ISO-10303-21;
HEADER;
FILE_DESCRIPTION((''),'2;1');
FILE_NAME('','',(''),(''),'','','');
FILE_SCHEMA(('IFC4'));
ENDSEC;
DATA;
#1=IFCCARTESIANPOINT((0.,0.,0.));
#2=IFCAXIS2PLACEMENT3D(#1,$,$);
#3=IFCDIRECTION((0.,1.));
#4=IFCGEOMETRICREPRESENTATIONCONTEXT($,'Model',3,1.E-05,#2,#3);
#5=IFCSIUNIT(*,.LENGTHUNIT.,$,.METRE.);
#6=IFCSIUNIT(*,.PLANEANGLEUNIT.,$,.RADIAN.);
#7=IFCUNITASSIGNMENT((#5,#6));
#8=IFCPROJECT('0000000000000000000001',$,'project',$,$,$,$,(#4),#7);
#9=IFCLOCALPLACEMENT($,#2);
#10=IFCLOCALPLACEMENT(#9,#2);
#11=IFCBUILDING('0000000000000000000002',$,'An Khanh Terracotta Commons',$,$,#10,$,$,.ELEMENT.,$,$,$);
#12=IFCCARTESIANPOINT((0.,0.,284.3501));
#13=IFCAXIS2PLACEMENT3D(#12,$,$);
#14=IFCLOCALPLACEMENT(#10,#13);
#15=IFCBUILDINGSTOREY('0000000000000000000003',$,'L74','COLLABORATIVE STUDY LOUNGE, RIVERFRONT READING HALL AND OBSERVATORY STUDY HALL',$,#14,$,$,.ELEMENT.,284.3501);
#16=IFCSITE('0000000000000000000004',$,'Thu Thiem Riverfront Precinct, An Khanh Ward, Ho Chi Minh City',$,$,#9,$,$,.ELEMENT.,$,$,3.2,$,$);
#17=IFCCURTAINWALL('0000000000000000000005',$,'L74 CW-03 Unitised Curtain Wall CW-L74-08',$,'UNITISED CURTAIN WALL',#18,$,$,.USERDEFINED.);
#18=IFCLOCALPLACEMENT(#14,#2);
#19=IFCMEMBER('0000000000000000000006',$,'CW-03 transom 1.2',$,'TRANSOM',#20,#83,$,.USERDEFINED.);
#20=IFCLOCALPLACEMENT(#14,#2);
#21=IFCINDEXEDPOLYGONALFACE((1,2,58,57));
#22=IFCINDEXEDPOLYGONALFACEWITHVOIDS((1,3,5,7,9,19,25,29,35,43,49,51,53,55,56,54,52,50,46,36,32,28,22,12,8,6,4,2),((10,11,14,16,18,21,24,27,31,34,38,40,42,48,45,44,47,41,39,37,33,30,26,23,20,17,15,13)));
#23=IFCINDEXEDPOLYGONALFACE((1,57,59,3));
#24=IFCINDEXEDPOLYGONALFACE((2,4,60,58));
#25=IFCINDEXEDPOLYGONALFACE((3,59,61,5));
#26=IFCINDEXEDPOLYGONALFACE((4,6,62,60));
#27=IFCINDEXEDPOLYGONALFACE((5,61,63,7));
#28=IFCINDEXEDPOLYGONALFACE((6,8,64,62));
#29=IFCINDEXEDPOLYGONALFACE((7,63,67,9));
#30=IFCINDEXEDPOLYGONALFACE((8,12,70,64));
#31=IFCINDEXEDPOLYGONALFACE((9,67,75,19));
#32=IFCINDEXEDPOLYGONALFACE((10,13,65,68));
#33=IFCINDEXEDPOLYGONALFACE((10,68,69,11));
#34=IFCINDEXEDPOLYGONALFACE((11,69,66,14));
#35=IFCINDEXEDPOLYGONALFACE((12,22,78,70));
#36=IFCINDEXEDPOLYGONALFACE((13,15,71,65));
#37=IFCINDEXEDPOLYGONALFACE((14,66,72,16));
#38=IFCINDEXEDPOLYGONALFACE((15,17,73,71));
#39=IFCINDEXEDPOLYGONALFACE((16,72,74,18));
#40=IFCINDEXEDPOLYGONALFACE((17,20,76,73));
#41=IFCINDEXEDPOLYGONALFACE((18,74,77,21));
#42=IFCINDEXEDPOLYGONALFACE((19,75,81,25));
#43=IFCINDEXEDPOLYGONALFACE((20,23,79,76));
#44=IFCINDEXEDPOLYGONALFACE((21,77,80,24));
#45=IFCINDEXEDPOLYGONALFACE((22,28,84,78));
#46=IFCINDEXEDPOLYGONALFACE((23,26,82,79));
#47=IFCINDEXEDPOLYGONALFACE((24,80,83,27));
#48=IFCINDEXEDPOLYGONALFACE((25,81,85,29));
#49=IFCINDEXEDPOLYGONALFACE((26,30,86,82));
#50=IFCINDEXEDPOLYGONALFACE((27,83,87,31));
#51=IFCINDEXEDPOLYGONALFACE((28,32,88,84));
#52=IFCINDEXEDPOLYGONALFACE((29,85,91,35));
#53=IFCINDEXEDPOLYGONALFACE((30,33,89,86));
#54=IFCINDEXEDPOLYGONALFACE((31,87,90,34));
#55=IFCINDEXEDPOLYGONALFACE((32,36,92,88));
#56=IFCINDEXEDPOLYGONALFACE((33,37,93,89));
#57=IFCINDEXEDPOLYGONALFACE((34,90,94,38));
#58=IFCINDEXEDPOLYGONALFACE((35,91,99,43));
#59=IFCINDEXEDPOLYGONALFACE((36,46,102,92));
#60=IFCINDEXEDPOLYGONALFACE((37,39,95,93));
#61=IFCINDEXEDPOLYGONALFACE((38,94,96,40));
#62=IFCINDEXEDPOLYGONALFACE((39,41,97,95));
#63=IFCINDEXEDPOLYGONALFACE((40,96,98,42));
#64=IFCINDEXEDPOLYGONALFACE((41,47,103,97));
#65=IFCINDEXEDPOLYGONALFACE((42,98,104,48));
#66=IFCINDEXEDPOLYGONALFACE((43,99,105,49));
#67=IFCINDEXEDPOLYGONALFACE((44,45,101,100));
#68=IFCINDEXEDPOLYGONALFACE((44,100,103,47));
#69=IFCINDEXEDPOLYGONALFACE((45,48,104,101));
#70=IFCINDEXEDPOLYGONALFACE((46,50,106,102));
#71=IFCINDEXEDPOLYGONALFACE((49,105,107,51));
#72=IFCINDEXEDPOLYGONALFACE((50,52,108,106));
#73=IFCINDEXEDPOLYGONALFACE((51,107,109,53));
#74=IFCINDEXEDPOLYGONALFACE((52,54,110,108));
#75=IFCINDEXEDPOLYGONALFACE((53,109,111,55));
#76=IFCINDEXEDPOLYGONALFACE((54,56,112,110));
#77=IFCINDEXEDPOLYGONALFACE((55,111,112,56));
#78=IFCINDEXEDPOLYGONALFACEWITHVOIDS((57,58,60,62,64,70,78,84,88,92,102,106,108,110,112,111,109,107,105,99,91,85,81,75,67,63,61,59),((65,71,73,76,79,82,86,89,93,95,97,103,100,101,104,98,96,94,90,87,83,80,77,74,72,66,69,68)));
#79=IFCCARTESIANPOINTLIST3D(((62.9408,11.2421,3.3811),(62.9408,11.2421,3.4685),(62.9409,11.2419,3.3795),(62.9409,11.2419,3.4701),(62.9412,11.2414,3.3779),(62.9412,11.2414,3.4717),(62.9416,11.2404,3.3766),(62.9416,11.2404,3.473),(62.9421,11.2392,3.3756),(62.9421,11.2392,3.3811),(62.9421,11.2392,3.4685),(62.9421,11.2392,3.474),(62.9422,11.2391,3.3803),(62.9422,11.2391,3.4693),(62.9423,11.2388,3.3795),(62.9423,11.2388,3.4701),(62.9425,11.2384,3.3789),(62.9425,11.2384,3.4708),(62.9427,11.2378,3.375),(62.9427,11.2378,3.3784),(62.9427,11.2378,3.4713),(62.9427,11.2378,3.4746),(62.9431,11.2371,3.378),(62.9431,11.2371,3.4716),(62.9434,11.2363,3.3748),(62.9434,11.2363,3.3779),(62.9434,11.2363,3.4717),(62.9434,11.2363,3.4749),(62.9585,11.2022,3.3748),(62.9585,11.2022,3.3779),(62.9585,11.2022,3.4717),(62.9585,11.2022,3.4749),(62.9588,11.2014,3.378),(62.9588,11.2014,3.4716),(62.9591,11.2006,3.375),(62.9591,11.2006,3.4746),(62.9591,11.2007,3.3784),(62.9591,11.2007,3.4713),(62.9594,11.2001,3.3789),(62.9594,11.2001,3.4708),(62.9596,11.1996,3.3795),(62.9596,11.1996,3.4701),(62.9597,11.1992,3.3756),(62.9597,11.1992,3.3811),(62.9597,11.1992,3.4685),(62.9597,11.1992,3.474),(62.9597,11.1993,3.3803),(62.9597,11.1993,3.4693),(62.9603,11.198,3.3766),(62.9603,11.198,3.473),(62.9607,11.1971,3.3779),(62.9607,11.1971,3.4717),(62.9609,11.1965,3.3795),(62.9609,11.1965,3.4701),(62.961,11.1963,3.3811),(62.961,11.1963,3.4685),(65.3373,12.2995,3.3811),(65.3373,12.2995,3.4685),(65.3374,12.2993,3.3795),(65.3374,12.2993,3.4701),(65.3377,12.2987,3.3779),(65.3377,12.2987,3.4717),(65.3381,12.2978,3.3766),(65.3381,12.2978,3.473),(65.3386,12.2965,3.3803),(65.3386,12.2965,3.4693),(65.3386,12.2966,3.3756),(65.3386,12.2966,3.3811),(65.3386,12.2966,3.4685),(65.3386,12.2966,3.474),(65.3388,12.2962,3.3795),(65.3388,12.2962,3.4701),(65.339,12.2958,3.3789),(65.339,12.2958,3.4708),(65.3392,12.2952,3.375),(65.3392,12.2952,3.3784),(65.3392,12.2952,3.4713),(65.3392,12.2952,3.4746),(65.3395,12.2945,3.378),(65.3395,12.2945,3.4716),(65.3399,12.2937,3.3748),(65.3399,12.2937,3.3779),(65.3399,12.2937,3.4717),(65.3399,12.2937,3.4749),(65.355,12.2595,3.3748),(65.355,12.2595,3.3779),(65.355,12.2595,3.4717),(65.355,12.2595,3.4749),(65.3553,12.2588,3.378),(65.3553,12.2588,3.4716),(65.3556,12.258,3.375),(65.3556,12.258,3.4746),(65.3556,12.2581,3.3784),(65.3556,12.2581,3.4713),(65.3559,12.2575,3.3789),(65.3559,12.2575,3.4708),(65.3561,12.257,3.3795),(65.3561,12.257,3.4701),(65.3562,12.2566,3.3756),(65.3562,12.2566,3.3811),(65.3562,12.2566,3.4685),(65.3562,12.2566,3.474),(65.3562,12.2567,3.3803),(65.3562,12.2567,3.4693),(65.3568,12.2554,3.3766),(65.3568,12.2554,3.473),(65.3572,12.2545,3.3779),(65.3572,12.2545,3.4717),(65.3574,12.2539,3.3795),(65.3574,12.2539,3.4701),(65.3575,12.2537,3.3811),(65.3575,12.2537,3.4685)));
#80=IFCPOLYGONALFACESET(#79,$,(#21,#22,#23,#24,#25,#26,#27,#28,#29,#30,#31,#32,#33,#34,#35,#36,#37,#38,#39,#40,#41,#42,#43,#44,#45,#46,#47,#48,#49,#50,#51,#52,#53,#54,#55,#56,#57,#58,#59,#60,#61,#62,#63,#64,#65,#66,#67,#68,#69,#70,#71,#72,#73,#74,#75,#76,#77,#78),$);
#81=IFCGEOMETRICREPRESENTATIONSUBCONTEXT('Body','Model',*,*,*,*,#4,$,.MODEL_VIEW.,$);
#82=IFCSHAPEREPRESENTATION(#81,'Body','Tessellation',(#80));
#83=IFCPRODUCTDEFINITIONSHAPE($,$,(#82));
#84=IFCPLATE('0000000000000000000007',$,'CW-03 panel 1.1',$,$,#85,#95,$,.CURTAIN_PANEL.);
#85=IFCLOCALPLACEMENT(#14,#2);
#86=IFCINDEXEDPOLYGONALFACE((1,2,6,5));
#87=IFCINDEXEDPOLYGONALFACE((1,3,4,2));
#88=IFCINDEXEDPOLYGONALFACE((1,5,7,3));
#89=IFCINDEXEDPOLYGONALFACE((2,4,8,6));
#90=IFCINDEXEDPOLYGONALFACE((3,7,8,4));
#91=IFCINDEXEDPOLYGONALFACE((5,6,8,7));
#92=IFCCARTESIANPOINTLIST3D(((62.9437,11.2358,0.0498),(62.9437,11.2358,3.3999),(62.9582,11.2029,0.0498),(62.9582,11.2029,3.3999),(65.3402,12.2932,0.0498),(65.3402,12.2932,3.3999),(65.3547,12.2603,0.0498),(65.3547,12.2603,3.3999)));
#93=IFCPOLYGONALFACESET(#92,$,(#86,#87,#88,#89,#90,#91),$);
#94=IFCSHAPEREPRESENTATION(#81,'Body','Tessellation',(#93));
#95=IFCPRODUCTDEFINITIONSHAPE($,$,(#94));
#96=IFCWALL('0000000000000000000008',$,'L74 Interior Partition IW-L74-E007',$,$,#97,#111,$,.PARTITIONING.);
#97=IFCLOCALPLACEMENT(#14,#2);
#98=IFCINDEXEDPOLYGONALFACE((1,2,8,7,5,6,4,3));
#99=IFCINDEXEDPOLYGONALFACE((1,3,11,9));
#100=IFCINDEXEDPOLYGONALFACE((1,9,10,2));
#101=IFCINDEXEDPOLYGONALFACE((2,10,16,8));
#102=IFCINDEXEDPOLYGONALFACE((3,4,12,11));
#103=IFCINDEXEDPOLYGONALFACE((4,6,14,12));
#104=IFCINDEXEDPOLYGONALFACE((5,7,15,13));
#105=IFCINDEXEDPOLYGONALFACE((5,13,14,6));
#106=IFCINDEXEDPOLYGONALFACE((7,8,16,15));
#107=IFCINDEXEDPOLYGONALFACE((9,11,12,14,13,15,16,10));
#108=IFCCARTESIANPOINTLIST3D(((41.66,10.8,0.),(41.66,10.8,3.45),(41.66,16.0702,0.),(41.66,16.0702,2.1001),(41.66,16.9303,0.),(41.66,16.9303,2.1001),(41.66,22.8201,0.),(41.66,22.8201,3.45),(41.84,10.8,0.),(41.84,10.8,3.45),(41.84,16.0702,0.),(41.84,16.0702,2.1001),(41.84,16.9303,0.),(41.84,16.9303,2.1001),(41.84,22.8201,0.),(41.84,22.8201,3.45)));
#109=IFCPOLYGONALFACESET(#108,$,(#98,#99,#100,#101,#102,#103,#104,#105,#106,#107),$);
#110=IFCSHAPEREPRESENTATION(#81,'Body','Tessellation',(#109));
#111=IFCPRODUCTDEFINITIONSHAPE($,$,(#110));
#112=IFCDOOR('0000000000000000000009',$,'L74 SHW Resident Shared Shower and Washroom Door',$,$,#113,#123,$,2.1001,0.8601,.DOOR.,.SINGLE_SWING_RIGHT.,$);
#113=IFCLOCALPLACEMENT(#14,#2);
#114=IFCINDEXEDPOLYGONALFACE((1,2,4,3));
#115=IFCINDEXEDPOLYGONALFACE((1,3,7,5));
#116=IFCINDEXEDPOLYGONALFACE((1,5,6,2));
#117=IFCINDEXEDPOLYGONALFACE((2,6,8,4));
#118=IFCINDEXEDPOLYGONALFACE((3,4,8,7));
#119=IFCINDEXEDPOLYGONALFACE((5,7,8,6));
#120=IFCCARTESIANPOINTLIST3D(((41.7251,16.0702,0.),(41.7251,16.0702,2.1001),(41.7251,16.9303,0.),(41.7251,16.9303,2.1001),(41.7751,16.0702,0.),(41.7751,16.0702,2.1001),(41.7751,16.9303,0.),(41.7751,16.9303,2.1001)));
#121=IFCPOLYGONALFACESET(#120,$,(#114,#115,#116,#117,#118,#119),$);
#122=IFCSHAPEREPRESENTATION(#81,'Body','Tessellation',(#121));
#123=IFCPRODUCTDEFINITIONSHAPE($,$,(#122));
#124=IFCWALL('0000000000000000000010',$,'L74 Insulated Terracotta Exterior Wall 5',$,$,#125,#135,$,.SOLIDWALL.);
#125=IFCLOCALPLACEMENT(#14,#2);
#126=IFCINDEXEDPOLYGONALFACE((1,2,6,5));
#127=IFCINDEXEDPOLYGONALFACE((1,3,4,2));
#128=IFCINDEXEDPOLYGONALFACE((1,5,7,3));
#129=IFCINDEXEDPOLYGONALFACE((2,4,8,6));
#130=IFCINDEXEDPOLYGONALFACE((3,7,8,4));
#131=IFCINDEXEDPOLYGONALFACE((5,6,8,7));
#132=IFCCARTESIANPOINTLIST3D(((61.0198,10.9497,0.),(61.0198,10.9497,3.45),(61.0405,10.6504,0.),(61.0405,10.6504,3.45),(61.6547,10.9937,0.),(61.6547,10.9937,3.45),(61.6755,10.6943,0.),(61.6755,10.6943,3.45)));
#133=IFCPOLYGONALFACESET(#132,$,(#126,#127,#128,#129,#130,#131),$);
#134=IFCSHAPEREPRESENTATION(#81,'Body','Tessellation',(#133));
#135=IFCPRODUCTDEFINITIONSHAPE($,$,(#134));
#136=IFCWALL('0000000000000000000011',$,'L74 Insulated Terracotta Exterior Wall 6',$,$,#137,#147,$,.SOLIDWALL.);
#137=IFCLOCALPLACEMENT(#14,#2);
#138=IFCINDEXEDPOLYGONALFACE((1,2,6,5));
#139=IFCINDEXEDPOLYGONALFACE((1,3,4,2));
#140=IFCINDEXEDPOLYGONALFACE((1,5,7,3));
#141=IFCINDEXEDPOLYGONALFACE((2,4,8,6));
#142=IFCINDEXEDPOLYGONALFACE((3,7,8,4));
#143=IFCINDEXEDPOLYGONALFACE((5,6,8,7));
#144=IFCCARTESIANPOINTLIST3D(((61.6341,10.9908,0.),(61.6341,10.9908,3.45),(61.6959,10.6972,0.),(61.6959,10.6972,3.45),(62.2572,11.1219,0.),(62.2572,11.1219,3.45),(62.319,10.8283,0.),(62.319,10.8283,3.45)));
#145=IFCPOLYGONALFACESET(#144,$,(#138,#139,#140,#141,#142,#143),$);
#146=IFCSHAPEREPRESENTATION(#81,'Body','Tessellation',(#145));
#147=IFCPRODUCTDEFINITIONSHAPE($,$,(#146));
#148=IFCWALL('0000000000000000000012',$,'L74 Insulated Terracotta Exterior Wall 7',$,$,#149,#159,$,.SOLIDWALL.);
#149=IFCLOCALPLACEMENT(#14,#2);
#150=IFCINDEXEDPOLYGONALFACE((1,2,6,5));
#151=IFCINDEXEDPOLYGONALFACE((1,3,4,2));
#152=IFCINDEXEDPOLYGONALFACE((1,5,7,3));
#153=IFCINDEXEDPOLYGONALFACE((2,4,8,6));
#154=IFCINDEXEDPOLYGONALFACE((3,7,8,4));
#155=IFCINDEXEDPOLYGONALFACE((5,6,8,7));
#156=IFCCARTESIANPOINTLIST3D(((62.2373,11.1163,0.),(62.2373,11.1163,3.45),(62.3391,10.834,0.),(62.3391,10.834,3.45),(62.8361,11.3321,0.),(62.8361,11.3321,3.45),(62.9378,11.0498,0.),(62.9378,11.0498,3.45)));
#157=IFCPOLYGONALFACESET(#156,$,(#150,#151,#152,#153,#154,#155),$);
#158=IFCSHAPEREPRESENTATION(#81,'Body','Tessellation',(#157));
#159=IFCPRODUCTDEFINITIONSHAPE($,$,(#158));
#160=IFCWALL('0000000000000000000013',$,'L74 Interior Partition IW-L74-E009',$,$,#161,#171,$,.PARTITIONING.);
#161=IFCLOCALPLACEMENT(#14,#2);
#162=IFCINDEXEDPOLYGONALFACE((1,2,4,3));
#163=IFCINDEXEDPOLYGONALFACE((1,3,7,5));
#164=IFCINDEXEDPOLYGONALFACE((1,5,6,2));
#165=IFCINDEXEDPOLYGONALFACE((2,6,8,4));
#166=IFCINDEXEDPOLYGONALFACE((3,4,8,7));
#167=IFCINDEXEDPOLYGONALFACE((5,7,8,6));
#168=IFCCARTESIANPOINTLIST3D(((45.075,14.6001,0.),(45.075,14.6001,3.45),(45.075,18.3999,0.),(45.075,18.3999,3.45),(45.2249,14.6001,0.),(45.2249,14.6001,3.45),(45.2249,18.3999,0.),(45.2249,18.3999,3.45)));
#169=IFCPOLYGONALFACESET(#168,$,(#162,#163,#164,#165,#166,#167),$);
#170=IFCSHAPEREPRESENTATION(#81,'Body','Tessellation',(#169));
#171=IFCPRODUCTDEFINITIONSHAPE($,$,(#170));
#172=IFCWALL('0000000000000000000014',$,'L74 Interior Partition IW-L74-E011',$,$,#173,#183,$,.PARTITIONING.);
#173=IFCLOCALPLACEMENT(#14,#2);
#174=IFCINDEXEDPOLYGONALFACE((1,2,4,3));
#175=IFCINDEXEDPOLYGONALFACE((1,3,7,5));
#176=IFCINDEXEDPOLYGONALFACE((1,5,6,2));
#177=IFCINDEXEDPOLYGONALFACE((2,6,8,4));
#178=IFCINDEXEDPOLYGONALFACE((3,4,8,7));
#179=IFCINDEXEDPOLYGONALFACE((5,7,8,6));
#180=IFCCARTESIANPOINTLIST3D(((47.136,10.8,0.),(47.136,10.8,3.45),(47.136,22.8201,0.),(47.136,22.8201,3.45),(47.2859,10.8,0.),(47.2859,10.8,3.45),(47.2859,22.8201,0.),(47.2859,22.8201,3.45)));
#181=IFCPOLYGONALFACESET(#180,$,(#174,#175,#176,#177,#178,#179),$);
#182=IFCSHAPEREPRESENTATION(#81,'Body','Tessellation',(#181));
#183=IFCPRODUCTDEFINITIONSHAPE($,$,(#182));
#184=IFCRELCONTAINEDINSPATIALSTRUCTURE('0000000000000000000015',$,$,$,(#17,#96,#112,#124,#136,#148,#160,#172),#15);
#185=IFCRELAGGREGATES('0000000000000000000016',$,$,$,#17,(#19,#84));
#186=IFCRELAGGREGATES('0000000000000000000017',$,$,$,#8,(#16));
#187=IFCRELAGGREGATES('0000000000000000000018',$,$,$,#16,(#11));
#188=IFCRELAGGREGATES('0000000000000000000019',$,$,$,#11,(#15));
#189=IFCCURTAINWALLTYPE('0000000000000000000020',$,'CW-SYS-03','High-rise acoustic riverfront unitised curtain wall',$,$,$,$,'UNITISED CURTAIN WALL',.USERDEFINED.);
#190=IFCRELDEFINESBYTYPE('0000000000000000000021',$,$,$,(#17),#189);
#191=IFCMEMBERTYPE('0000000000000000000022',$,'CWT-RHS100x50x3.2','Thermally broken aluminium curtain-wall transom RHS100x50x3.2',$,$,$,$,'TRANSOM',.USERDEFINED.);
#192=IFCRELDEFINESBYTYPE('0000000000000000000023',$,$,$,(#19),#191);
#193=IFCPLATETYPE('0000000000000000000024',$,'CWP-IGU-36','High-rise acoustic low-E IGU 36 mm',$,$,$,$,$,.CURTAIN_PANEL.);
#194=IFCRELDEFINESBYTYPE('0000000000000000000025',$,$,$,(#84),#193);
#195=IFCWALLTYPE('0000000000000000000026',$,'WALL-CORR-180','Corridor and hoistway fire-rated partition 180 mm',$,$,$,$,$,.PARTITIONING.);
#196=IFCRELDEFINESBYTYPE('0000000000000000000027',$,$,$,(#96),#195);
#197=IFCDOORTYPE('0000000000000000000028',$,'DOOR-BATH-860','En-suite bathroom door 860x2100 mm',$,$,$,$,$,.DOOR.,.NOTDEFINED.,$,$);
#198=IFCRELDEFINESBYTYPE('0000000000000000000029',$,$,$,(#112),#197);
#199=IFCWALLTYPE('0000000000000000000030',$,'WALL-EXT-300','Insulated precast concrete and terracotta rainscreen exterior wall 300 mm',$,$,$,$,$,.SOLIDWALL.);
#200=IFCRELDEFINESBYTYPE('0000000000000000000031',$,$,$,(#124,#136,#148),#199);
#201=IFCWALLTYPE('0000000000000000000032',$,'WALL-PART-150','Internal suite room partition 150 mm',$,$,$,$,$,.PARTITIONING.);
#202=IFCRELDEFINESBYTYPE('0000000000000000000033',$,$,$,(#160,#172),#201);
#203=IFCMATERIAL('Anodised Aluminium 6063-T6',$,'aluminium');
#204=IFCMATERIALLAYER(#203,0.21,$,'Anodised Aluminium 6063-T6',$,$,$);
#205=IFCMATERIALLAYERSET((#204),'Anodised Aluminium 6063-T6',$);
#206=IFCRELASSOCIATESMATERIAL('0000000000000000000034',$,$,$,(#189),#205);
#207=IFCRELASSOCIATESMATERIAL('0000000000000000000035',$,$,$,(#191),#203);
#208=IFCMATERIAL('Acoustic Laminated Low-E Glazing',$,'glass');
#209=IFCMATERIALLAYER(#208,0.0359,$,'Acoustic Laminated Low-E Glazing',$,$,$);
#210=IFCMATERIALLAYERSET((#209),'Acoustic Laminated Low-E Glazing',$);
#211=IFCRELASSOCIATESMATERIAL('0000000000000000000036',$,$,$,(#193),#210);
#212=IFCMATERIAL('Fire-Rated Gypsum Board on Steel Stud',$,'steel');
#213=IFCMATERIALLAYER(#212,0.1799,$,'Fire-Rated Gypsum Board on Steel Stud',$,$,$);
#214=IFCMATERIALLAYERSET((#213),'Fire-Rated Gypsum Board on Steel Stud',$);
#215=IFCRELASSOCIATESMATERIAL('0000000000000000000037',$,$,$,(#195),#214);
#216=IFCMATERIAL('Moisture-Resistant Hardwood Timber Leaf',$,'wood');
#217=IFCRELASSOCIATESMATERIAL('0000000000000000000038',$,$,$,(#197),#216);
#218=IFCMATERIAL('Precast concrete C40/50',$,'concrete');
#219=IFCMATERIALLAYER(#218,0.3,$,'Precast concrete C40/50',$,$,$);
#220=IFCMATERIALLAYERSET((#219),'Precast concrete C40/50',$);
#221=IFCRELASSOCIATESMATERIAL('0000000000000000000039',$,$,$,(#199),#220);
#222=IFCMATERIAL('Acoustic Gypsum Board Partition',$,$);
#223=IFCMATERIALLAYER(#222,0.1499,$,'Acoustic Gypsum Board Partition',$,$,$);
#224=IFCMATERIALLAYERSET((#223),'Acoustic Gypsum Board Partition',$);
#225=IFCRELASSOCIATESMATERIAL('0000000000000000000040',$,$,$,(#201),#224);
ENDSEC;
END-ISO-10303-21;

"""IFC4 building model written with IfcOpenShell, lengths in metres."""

from ifc_helpers import new_model, si_unit, direction, frame, frame_2d, origin, origin_2d, place, context, subcontext, project, spatial, rectangle, hollow_rectangle, extrude, material, layer, layer_set, material_profile, profile_set, type_object, element, fill, aggregate, save


model = new_model("IFC4")

# Units and contexts
model_context = context("Model", 3, precision=1e-05, world=origin(), true_north=direction((0.0, 1.0)))
body_context = subcontext(model_context, "Body", "Model", "MODEL_VIEW")
ifc_project = project(units=[si_unit("LENGTHUNIT", "METRE"), si_unit("PLANEANGLEUNIT", "RADIAN")], contexts=[model_context])

# Site, building, storey
site_placement = place(None, origin())
site = spatial("IfcSite", under=ifc_project, at=site_placement, Name="Thu Thiem Riverfront Precinct, An Khanh Ward, Ho Chi Minh City", CompositionType="ELEMENT", RefElevation=3.2)
building_placement = place(site_placement, origin())
building = spatial("IfcBuilding", under=site, at=building_placement, Name="An Khanh Terracotta Commons", CompositionType="ELEMENT")
storey_placement = place(building_placement, frame((0.0, 0.0, 284.3501)))
storey = spatial("IfcBuildingStorey", under=building, at=storey_placement, Name="L74", Description="COLLABORATIVE STUDY LOUNGE, RIVERFRONT READING HALL AND OBSERVATORY STUDY HALL", CompositionType="ELEMENT", Elevation=284.3501)

# Curtain wall, member, plate
ifc_material_1 = material(Name="Anodised Aluminium 6063-T6", Category="aluminium")
ifc_layer_1 = layer(ifc_material_1, 0.21, Name="Anodised Aluminium 6063-T6")
ifc_layer_set_1 = layer_set([ifc_layer_1], Name="Anodised Aluminium 6063-T6")
curtain_wall_type = type_object("IfcCurtainWallType", Name="CW-SYS-03", Description="High-rise acoustic riverfront unitised curtain wall", ElementType="UNITISED CURTAIN WALL", PredefinedType="USERDEFINED", material=ifc_layer_set_1)
curtain_wall_placement = place(storey_placement, origin())
curtain_wall = element("IfcCurtainWall", 1, at=curtain_wall_placement, inside=storey, type_object=curtain_wall_type, Name="L74 CW-03 Unitised Curtain Wall CW-L74-08", ObjectType="UNITISED CURTAIN WALL", PredefinedType="USERDEFINED")
ifc_material_profile_1 = material_profile(ifc_material_1, hollow_rectangle(XDim=0.05, YDim=0.1001, WallThickness=0.0032, InnerFilletRadius=0.0032, OuterFilletRadius=0.0063, at=origin_2d()), Name="RHS100x50x3.2")
ifc_profile_set_1 = profile_set([ifc_material_profile_1], Name="Anodised Aluminium 6063-T6")
member_type_1 = type_object("IfcMemberType", Name="CWT-RHS100x50x3.2", Description="Thermally broken aluminium curtain-wall transom RHS100x50x3.2", ElementType="TRANSOM", PredefinedType="USERDEFINED", material=ifc_profile_set_1)
member_1_placement = place(storey_placement, frame((62.9509, 11.2192, 3.4248), z_axis=(0.914904, 0.403672, 0.0), x_axis=(-0.403672, 0.914904, 0.0)))
member_1 = element("IfcMember", 2, at=member_1_placement, type_object=member_type_1, Name="CW-03 transom 1.2", ObjectType="TRANSOM", PredefinedType="USERDEFINED", context=body_context, shape_type="SweptSolid", body=[
    extrude(hollow_rectangle(XDim=0.05, YDim=0.1001, WallThickness=0.0032, InnerFilletRadius=0.0032, OuterFilletRadius=0.0063, at=origin_2d()), origin(), (0.0, 0.0, 1.0), 2.6194),
])
ifc_material_2 = material(Name="Acoustic Laminated Low-E Glazing", Category="glass")
ifc_layer_2 = layer(ifc_material_2, 0.0359, Name="Acoustic Laminated Low-E Glazing")
ifc_layer_set_2 = layer_set([ifc_layer_2], Name="Acoustic Laminated Low-E Glazing")
plate_type = type_object("IfcPlateType", Name="CWP-IGU-36", Description="High-rise acoustic low-E IGU 36 mm", PredefinedType="CURTAIN_PANEL", material=ifc_layer_set_2)
plate_placement = place(storey_placement, frame((64.1492, 11.748, 0.0498), z_axis=(0.0, 0.0, 1.0), x_axis=(0.914902, 0.403676, 0.0)))
plate = element("IfcPlate", 3, at=plate_placement, type_object=plate_type, Name="CW-03 panel 1.1", PredefinedType="CURTAIN_PANEL", context=body_context, shape_type="SweptSolid", body=[
    extrude(rectangle(XDim=2.6194, YDim=0.0359, at=origin_2d()), origin(), (0.0, 0.0, 1.0), 3.3501),
])
aggregate(curtain_wall, [member_1, plate])

# Wall, opening, door
ifc_material_3 = material(Name="Fire-Rated Gypsum Board on Steel Stud", Category="steel")
ifc_layer_3 = layer(ifc_material_3, 0.1799, Name="Fire-Rated Gypsum Board on Steel Stud")
ifc_layer_set_3 = layer_set([ifc_layer_3], Name="Fire-Rated Gypsum Board on Steel Stud")
wall_type_1 = type_object("IfcWallType", Name="WALL-CORR-180", Description="Corridor and hoistway fire-rated partition 180 mm", PredefinedType="PARTITIONING", material=ifc_layer_set_3)
wall_1_placement = place(storey_placement, frame((41.75, 10.8, 0.0), z_axis=(0.0, 0.0, 1.0), x_axis=(0.0, 1.0, 0.0)))
wall_1 = element("IfcWall", 4, at=wall_1_placement, inside=storey, type_object=wall_type_1, Name="L74 Interior Partition IW-L74-E007", PredefinedType="PARTITIONING", context=body_context, shape_type="SweptSolid", body=[
    extrude(rectangle(XDim=12.02, YDim=0.1799, at=frame_2d((6.01, 0.0))), origin(), (0.0, 0.0, 1.0), 3.45),
])
opening_placement = place(wall_1_placement, frame((5.27, 0.0, 0.0)))
opening = element("IfcOpeningElement", 5, at=opening_placement, cuts=wall_1, PredefinedType="OPENING", context=body_context, shape_type="SweptSolid", body=[
    extrude(rectangle(XDim=0.8601, YDim=2.1001, at=frame_2d((0.4302, 1.05))), frame((0.0, 0.0999, 0.0), z_axis=(0.0, -1.0, 0.0), x_axis=(1.0, 0.0, 0.0)), (0.0, 0.0, 1.0), 0.2),
])
ifc_material_4 = material(Name="Moisture-Resistant Hardwood Timber Leaf", Category="wood")
door_type = type_object("IfcDoorType", Name="DOOR-BATH-860", Description="En-suite bathroom door 860x2100 mm", OperationType="NOTDEFINED", PredefinedType="DOOR", material=ifc_material_4)
door_placement = place(opening_placement, origin())
door = element("IfcDoor", 6, at=door_placement, inside=storey, type_object=door_type, Name="L74 SHW Resident Shared Shower and Washroom Door", OperationType="SINGLE_SWING_RIGHT", OverallHeight=2.1001, OverallWidth=0.8601, PredefinedType="DOOR", context=body_context, shape_type="SweptSolid", body=[
    extrude(rectangle(XDim=0.8601, YDim=2.1001, at=frame_2d((0.4302, 1.05))), frame((0.0, 0.0249, 0.0), z_axis=(0.0, -1.0, 0.0), x_axis=(1.0, 0.0, 0.0)), (0.0, 0.0, 1.0), 0.05),
])
fill(opening, door)

# Walls
ifc_material_5 = material(Name="Precast concrete C40/50", Category="concrete")
ifc_layer_4 = layer(ifc_material_5, 0.3, Name="Precast concrete C40/50")
ifc_layer_set_4 = layer_set([ifc_layer_4], Name="Precast concrete C40/50")
wall_type_2 = type_object("IfcWallType", Name="WALL-EXT-300", Description="Insulated precast concrete and terracotta rainscreen exterior wall 300 mm", PredefinedType="SOLIDWALL", material=ifc_layer_set_4)
wall_2_placement = place(storey_placement, frame((61.03, 10.8, 0.0), z_axis=(0.0, 0.0, 1.0), x_axis=(0.997614, 0.069039, 0.0)))
element("IfcWall", 7, at=wall_2_placement, inside=storey, type_object=wall_type_2, Name="L74 Insulated Terracotta Exterior Wall 5", PredefinedType="SOLIDWALL", context=body_context, shape_type="SweptSolid", body=[
    extrude(rectangle(XDim=0.6365, YDim=0.3, at=frame_2d((0.3184, 0.0))), origin(), (0.0, 0.0, 1.0), 3.45),
])
wall_3_placement = place(storey_placement, frame((61.665, 10.844, 0.0), z_axis=(0.0, 0.0, 1.0), x_axis=(0.97857, 0.205914, 0.0)))
element("IfcWall", 8, at=wall_3_placement, inside=storey, type_object=wall_type_2, Name="L74 Insulated Terracotta Exterior Wall 6", PredefinedType="SOLIDWALL", context=body_context, shape_type="SweptSolid", body=[
    extrude(rectangle(XDim=0.6367, YDim=0.3, at=frame_2d((0.3184, 0.0))), origin(), (0.0, 0.0, 1.0), 3.45),
])
wall_4_placement = place(storey_placement, frame((62.2881, 10.9751, 0.0), z_axis=(0.0, 0.0, 1.0), x_axis=(0.940775, 0.339032, 0.0)))
element("IfcWall", 9, at=wall_4_placement, inside=storey, type_object=wall_type_2, Name="L74 Insulated Terracotta Exterior Wall 7", PredefinedType="SOLIDWALL", context=body_context, shape_type="SweptSolid", body=[
    extrude(rectangle(XDim=0.6365, YDim=0.3, at=frame_2d((0.3184, 0.0))), origin(), (0.0, 0.0, 1.0), 3.45),
])
ifc_material_6 = material(Name="Acoustic Gypsum Board Partition")
ifc_layer_5 = layer(ifc_material_6, 0.1499, Name="Acoustic Gypsum Board Partition")
ifc_layer_set_5 = layer_set([ifc_layer_5], Name="Acoustic Gypsum Board Partition")
wall_type_3 = type_object("IfcWallType", Name="WALL-PART-150", Description="Internal suite room partition 150 mm", PredefinedType="PARTITIONING", material=ifc_layer_set_5)
wall_5_placement = place(storey_placement, frame((45.1499, 14.6001, 0.0), z_axis=(0.0, 0.0, 1.0), x_axis=(0.0, 1.0, 0.0)))
element("IfcWall", 10, at=wall_5_placement, inside=storey, type_object=wall_type_3, Name="L74 Interior Partition IW-L74-E009", PredefinedType="PARTITIONING", context=body_context, shape_type="SweptSolid", body=[
    extrude(rectangle(XDim=3.7998, YDim=0.1499, at=frame_2d((1.8999, 0.0))), origin(), (0.0, 0.0, 1.0), 3.45),
])
for number, where, z_axis, x_axis, name in (
    (11, (47.2109, 10.8, 0.0), (0.0, 0.0, 1.0), (0.0, 1.0, 0.0), "L74 Interior Partition IW-L74-E011"),
):
    element("IfcWall", number, at=place(storey_placement, frame(where, z_axis=z_axis, x_axis=x_axis)), inside=storey, type_object=wall_type_3, Name=name, PredefinedType="PARTITIONING", context=body_context, shape_type="SweptSolid", body=[
        extrude(rectangle(XDim=12.02, YDim=0.1499, at=frame_2d((6.01, 0.0))), origin(), (0.0, 0.0, 1.0), 3.45),
    ])

save(model, "model.ifc")
